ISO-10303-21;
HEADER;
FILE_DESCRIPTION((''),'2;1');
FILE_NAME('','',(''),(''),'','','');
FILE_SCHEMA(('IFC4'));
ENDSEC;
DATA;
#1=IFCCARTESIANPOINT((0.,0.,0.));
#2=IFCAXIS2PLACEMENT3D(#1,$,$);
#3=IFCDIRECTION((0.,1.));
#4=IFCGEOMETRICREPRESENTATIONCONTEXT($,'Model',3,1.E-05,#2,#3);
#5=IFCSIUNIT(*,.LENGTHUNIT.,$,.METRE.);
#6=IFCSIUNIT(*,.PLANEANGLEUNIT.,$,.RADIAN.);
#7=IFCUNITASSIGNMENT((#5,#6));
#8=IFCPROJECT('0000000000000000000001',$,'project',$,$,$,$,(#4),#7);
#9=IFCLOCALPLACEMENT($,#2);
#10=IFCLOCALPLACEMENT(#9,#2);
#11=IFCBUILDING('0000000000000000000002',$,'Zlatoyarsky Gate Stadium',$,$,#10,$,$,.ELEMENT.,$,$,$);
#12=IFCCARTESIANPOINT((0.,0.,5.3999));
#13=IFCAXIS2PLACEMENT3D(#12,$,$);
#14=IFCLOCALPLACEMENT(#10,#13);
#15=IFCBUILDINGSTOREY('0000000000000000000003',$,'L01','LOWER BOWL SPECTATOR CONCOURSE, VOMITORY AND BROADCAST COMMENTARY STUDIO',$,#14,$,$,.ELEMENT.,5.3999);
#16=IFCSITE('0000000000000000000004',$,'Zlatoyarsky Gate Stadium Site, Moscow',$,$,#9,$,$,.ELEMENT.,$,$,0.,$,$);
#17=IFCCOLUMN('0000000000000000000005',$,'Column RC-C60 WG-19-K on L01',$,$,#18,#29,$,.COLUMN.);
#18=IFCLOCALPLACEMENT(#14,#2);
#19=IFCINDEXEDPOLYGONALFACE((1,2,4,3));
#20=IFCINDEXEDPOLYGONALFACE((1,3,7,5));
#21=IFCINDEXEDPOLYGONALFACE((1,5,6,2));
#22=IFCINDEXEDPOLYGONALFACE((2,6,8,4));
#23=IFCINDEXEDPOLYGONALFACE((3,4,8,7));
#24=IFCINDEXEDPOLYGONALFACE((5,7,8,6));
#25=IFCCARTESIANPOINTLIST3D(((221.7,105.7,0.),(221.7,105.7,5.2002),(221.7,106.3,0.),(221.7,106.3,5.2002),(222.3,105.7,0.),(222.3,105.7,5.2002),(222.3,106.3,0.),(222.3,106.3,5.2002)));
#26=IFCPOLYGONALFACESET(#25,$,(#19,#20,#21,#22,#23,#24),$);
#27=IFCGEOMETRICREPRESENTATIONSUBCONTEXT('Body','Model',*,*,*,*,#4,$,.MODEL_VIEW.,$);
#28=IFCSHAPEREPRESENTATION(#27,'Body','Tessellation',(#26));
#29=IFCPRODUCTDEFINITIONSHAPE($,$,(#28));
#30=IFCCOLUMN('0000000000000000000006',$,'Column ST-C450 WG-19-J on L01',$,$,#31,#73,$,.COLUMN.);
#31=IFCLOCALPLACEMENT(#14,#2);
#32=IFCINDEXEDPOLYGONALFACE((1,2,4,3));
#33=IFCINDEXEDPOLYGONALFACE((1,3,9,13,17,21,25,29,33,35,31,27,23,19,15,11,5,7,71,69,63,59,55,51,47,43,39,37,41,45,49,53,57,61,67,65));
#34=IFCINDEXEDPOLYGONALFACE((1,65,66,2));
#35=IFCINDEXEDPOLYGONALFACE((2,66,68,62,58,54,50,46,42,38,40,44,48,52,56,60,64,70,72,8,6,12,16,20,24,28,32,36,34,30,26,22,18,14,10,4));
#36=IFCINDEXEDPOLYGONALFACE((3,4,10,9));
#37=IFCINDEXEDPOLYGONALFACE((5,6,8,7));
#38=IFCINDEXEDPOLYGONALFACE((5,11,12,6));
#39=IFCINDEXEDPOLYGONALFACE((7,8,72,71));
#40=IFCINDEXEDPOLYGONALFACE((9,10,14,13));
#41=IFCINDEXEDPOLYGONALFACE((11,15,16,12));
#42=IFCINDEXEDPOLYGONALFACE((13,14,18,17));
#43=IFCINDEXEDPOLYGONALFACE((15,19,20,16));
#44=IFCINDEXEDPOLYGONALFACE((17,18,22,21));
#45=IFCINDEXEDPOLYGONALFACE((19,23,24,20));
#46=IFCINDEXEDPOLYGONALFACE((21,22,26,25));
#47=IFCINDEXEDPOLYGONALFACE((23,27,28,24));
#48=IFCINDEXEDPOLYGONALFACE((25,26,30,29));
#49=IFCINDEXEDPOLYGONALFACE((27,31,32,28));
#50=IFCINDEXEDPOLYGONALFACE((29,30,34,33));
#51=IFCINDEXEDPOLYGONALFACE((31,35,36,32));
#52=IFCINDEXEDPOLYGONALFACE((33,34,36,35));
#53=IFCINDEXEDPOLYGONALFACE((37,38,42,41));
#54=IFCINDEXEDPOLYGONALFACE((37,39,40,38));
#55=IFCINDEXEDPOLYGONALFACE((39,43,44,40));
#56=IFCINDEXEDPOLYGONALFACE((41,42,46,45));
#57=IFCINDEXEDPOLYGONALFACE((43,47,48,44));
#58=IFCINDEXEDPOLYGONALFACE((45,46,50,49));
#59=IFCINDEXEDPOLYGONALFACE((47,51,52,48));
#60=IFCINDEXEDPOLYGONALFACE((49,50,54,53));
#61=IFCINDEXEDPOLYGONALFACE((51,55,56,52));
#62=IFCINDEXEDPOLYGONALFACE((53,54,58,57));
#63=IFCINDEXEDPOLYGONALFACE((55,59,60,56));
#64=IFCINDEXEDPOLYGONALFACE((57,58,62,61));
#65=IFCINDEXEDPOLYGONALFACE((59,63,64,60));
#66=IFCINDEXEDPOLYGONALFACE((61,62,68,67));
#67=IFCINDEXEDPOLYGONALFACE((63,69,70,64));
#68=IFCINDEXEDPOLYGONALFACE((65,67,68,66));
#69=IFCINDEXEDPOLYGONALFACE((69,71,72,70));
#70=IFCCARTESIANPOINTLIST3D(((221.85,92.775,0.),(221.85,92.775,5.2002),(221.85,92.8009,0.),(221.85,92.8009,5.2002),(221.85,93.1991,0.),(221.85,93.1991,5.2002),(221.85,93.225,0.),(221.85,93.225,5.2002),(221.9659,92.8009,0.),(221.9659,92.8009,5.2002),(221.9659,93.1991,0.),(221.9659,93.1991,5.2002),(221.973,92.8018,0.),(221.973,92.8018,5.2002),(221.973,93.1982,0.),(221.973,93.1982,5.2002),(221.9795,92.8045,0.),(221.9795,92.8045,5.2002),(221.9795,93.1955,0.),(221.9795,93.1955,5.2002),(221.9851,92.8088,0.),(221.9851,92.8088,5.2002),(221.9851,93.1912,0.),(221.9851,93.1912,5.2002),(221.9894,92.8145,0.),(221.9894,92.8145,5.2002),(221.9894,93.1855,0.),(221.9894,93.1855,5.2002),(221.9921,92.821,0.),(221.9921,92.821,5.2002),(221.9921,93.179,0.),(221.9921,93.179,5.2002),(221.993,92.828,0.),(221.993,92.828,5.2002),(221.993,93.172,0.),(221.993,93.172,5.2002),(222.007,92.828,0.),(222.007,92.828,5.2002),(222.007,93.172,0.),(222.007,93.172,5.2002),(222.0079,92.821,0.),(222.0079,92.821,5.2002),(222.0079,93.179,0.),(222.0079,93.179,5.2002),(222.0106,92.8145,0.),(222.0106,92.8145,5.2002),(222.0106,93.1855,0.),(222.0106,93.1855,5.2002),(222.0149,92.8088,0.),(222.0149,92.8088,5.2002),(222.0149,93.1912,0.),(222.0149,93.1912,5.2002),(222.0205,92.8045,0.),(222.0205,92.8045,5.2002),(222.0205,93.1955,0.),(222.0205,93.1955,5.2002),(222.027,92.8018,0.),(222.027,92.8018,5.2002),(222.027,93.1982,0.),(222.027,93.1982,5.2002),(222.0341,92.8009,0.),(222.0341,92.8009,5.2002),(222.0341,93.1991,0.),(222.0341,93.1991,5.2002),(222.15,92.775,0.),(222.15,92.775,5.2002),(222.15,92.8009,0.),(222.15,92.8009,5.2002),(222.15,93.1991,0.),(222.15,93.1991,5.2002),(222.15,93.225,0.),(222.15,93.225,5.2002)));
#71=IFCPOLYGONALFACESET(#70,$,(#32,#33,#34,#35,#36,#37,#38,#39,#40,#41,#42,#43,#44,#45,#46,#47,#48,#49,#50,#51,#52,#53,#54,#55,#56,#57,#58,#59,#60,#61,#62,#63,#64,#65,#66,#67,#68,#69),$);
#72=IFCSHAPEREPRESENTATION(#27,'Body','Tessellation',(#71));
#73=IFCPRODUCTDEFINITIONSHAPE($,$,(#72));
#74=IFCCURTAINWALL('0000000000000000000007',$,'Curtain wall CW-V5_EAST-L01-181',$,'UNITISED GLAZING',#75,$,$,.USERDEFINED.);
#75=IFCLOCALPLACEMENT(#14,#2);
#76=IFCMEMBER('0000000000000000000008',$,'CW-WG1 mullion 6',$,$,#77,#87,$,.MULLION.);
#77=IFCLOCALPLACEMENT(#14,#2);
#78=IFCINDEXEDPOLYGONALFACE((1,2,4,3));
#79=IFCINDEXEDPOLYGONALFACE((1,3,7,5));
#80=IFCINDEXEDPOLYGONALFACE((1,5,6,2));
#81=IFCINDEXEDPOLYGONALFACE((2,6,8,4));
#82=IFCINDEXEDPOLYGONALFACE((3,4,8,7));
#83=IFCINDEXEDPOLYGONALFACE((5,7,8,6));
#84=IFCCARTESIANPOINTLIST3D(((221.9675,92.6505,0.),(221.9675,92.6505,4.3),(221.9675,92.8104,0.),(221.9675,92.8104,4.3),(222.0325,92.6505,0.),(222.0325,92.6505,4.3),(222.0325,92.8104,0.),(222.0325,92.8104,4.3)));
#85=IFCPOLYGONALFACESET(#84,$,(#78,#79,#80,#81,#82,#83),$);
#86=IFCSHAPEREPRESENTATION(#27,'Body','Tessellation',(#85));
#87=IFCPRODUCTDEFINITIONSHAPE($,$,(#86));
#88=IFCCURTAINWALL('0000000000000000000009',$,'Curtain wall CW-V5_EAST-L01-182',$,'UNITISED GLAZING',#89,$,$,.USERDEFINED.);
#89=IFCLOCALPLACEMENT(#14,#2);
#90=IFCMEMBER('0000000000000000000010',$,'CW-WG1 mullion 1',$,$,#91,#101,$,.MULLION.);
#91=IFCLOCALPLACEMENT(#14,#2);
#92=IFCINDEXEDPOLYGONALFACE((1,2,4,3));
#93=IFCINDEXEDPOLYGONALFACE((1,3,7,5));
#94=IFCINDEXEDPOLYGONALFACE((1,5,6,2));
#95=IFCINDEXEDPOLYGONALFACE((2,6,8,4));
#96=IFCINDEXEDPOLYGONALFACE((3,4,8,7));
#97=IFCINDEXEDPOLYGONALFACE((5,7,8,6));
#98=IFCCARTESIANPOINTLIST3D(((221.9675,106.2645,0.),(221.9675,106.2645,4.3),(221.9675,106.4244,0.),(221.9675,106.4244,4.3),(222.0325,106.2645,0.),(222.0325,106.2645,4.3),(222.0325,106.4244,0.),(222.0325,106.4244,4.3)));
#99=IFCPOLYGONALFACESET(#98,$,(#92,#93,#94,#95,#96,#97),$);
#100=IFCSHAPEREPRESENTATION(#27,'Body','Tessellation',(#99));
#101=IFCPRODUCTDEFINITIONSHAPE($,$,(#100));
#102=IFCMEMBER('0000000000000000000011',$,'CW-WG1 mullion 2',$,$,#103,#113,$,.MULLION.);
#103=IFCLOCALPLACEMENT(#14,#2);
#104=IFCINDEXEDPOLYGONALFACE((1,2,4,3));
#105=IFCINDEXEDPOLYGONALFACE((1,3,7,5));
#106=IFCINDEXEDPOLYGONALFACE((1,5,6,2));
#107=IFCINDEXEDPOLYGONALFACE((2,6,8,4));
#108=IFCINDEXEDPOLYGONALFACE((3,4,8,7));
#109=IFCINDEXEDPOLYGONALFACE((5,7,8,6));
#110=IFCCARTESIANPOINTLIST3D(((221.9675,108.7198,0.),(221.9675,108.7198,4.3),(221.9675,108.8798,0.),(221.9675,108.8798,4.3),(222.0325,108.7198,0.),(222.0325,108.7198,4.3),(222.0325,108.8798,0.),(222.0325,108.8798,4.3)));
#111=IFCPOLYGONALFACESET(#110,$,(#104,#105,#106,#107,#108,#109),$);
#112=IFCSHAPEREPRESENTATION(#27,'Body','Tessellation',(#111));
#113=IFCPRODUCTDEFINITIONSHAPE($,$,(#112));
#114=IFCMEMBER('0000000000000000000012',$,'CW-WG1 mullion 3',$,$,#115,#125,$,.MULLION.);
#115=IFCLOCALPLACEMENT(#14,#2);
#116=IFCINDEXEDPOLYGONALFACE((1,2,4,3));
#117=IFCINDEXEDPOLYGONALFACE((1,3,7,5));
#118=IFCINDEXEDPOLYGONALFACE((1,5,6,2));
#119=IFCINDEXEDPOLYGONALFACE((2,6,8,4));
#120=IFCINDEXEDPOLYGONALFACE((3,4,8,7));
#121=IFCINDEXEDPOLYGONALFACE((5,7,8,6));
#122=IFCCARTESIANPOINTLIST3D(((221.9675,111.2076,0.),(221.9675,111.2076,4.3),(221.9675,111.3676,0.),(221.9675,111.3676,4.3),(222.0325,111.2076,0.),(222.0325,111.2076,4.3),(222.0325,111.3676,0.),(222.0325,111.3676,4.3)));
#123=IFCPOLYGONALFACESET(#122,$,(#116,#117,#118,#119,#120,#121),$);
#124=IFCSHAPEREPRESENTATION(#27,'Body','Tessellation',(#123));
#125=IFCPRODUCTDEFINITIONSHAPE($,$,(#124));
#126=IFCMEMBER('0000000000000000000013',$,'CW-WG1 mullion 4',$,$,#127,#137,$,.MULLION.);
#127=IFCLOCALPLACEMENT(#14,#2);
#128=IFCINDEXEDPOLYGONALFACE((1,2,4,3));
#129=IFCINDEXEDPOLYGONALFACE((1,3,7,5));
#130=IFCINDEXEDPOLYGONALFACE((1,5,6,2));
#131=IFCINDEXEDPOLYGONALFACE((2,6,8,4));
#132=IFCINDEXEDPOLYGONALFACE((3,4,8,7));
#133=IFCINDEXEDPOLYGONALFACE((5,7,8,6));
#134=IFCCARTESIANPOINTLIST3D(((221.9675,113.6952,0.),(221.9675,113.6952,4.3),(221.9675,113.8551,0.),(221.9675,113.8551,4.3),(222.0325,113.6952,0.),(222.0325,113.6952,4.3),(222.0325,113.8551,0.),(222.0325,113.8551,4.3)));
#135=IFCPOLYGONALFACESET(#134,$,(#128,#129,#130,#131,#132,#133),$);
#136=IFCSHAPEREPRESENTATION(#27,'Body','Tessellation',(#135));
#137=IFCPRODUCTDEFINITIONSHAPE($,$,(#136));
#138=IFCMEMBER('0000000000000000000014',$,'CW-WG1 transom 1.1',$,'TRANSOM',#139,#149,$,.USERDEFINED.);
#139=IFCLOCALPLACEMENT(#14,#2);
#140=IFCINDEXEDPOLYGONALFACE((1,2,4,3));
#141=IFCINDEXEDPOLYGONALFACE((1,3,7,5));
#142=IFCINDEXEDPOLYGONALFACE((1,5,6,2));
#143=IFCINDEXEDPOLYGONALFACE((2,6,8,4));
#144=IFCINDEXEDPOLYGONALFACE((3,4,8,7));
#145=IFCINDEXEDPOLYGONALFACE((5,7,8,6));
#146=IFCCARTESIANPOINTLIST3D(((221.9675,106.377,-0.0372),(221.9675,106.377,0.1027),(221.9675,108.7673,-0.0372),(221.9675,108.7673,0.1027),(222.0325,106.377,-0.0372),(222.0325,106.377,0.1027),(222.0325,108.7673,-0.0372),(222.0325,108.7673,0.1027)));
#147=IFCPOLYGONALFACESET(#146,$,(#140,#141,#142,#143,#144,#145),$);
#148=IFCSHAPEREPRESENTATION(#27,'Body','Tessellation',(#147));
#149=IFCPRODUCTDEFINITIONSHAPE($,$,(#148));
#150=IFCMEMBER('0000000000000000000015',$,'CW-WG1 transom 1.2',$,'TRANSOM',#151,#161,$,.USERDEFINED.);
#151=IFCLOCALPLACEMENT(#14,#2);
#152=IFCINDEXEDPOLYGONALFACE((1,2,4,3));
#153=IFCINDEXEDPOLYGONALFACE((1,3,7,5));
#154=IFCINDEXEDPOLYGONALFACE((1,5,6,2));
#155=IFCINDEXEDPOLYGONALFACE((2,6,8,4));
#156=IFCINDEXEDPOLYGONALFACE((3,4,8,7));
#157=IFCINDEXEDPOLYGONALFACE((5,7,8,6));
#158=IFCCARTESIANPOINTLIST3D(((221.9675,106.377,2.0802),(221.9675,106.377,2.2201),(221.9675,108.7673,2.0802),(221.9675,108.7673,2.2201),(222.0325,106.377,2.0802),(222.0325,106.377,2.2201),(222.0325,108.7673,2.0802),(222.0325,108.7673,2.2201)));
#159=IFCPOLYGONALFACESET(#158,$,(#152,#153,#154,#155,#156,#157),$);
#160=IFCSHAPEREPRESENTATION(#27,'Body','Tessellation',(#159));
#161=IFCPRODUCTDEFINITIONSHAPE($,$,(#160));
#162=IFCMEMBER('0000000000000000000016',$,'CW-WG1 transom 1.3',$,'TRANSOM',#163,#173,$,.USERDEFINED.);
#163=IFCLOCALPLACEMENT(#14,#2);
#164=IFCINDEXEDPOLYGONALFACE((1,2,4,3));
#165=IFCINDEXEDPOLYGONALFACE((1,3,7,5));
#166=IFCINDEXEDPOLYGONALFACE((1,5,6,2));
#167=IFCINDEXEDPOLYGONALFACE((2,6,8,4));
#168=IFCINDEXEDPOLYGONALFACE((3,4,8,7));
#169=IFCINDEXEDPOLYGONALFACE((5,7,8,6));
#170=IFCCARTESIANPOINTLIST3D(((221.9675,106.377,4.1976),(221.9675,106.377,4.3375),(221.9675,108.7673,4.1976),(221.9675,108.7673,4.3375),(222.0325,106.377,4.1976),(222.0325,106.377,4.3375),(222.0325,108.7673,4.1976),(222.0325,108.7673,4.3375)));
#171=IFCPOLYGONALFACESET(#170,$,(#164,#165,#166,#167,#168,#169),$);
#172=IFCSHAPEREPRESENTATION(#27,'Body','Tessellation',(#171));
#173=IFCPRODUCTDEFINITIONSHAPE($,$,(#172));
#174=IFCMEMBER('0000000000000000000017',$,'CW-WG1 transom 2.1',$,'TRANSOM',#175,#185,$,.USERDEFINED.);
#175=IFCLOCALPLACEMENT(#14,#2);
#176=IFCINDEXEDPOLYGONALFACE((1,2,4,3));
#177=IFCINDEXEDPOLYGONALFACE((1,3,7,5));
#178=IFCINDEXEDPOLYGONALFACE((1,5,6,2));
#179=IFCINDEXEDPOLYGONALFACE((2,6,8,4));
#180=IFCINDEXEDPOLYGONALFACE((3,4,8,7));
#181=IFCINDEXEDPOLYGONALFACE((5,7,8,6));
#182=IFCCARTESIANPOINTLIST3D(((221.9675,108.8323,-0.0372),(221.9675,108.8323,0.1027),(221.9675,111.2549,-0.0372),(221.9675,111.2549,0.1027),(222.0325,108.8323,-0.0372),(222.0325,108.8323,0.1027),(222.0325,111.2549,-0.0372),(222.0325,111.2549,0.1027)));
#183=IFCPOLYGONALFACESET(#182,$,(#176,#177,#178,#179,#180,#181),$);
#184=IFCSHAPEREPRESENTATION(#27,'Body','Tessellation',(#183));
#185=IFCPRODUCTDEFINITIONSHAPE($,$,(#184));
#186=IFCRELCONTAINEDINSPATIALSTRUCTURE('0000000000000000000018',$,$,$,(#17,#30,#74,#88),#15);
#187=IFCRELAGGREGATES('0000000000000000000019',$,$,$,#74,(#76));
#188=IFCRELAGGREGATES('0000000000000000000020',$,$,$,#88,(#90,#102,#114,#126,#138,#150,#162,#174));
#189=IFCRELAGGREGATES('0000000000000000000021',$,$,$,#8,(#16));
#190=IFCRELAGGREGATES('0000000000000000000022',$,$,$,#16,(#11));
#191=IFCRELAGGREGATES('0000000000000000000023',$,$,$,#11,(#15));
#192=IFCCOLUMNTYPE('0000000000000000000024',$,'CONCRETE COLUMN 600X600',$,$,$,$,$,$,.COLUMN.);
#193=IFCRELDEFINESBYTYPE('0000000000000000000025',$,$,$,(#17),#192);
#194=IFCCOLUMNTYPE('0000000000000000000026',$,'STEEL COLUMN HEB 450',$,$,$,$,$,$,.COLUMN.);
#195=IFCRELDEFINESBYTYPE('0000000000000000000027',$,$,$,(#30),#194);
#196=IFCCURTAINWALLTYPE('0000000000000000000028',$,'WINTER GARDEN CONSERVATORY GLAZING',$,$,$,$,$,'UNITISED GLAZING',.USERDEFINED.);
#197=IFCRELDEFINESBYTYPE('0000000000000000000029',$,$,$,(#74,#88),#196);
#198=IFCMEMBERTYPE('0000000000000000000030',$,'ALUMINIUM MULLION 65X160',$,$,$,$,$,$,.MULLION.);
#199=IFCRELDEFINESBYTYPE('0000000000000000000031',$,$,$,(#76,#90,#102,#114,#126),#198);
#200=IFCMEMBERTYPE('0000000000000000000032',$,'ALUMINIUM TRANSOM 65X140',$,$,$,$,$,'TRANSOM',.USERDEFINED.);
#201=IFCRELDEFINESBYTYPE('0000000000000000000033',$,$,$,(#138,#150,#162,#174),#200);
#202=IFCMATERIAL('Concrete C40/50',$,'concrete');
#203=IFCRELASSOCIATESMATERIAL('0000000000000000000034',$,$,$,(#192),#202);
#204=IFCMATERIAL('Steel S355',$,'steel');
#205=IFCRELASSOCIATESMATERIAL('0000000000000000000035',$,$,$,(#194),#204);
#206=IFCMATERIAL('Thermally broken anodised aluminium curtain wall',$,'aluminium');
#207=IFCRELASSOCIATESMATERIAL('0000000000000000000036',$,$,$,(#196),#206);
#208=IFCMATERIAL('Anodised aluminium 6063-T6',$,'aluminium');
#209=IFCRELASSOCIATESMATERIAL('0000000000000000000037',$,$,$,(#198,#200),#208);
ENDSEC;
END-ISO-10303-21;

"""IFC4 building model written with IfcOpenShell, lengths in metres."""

from ifc_helpers import new_model, si_unit, direction, frame, origin, origin_2d, place, context, subcontext, project, spatial, rectangle, i_section, extrude, material, material_profile, profile_set, type_object, element, aggregate, save


model = new_model("IFC4")

# Units and contexts
model_context = context("Model", 3, precision=1e-05, world=origin(), true_north=direction((0.0, 1.0)))
body_context = subcontext(model_context, "Body", "Model", "MODEL_VIEW")
ifc_project = project(units=[si_unit("LENGTHUNIT", "METRE"), si_unit("PLANEANGLEUNIT", "RADIAN")], contexts=[model_context])

# Site, building, storey
site_placement = place(None, origin())
site = spatial("IfcSite", under=ifc_project, at=site_placement, Name="Zlatoyarsky Gate Stadium Site, Moscow", CompositionType="ELEMENT", RefElevation=0.0)
building_placement = place(site_placement, origin())
building = spatial("IfcBuilding", under=site, at=building_placement, Name="Zlatoyarsky Gate Stadium", CompositionType="ELEMENT")
storey_placement = place(building_placement, frame((0.0, 0.0, 5.3999)))
storey = spatial("IfcBuildingStorey", under=building, at=storey_placement, Name="L01", Description="LOWER BOWL SPECTATOR CONCOURSE, VOMITORY AND BROADCAST COMMENTARY STUDIO", CompositionType="ELEMENT", Elevation=5.3999)

# Columns
ifc_material_1 = material(Name="Concrete C40/50", Category="concrete")
ifc_material_profile_1 = material_profile(ifc_material_1, rectangle(XDim=0.6001, YDim=0.6001, at=origin_2d()), Name="RC COL 600X600")
ifc_profile_set_1 = profile_set([ifc_material_profile_1], Name="Concrete C40/50")
column_type_1 = type_object("IfcColumnType", Name="CONCRETE COLUMN 600X600", PredefinedType="COLUMN", material=ifc_profile_set_1)
column_1_placement = place(storey_placement, frame((222.0, 106.0, 0.0), z_axis=(0.0, 0.0, 1.0), x_axis=(1.0, 0.0, 0.0)))
element("IfcColumn", 1, at=column_1_placement, inside=storey, type_object=column_type_1, Name="Column RC-C60 WG-19-K on L01", PredefinedType="COLUMN", context=body_context, shape_type="SweptSolid", body=[
    extrude(rectangle(XDim=0.6001, YDim=0.6001, at=origin_2d()), origin(), (0.0, 0.0, 1.0), 5.2002),
])
ifc_material_2 = material(Name="Steel S355", Category="steel")
ifc_material_profile_2 = material_profile(ifc_material_2, i_section(OverallWidth=0.3, OverallDepth=0.45, WebThickness=0.0139, FlangeThickness=0.0259, FilletRadius=0.0271, at=origin_2d()), Name="HEB 450")
ifc_profile_set_2 = profile_set([ifc_material_profile_2], Name="Steel S355")
column_type_2 = type_object("IfcColumnType", Name="STEEL COLUMN HEB 450", PredefinedType="COLUMN", material=ifc_profile_set_2)
column_2_placement = place(storey_placement, frame((222.0, 93.0, 0.0), z_axis=(0.0, 0.0, 1.0), x_axis=(1.0, 0.0, 0.0)))
element("IfcColumn", 2, at=column_2_placement, inside=storey, type_object=column_type_2, Name="Column ST-C450 WG-19-J on L01", PredefinedType="COLUMN", context=body_context, shape_type="SweptSolid", body=[
    extrude(i_section(OverallWidth=0.3, OverallDepth=0.45, WebThickness=0.0139, FlangeThickness=0.0259, FilletRadius=0.0271, at=origin_2d()), origin(), (0.0, 0.0, 1.0), 5.2002),
])

# Curtain wall, member
ifc_material_3 = material(Name="Thermally broken anodised aluminium curtain wall", Category="aluminium")
curtain_wall_type = type_object("IfcCurtainWallType", Name="WINTER GARDEN CONSERVATORY GLAZING", ElementType="UNITISED GLAZING", PredefinedType="USERDEFINED", material=ifc_material_3)
curtain_wall_1_placement = place(storey_placement, origin())
curtain_wall_1 = element("IfcCurtainWall", 3, at=curtain_wall_1_placement, inside=storey, type_object=curtain_wall_type, Name="Curtain wall CW-V5_EAST-L01-181", ObjectType="UNITISED GLAZING", PredefinedType="USERDEFINED")
ifc_material_4 = material(Name="Anodised aluminium 6063-T6", Category="aluminium")
ifc_material_profile_3 = material_profile(ifc_material_4, rectangle(XDim=0.0649, YDim=0.1599, at=origin_2d()), Name="ALU 65X160")
ifc_profile_set_3 = profile_set([ifc_material_profile_3], Name="Anodised aluminium 6063-T6")
member_type_1 = type_object("IfcMemberType", Name="ALUMINIUM MULLION 65X160", PredefinedType="MULLION", material=ifc_profile_set_3)
member_1_placement = place(storey_placement, frame((222.0, 92.7305, 0.0), z_axis=(0.0, 0.0, 1.0), x_axis=(-1.0, 0.0, 0.0)))
member_1 = element("IfcMember", 4, at=member_1_placement, type_object=member_type_1, Name="CW-WG1 mullion 6", PredefinedType="MULLION", context=body_context, shape_type="SweptSolid", body=[
    extrude(rectangle(XDim=0.0649, YDim=0.1599, at=origin_2d()), origin(), (0.0, 0.0, 1.0), 4.3),
])
aggregate(curtain_wall_1, [member_1])

# Curtain wall, members
curtain_wall_2_placement = place(storey_placement, origin())
curtain_wall_2 = element("IfcCurtainWall", 5, at=curtain_wall_2_placement, inside=storey, type_object=curtain_wall_type, Name="Curtain wall CW-V5_EAST-L01-182", ObjectType="UNITISED GLAZING", PredefinedType="USERDEFINED")
member_2_placement = place(storey_placement, frame((222.0, 106.3445, 0.0), z_axis=(0.0, 0.0, 1.0), x_axis=(-1.0, 0.0, 0.0)))
member_2 = element("IfcMember", 6, at=member_2_placement, type_object=member_type_1, Name="CW-WG1 mullion 1", PredefinedType="MULLION", context=body_context, shape_type="SweptSolid", body=[
    extrude(rectangle(XDim=0.0649, YDim=0.1599, at=origin_2d()), origin(), (0.0, 0.0, 1.0), 4.3),
])
member_3_placement = place(storey_placement, frame((222.0, 108.7998, 0.0), z_axis=(0.0, 0.0, 1.0), x_axis=(-1.0, 0.0, 0.0)))
member_3 = element("IfcMember", 7, at=member_3_placement, type_object=member_type_1, Name="CW-WG1 mullion 2", PredefinedType="MULLION", context=body_context, shape_type="SweptSolid", body=[
    extrude(rectangle(XDim=0.0649, YDim=0.1599, at=origin_2d()), origin(), (0.0, 0.0, 1.0), 4.3),
])
member_4_placement = place(storey_placement, frame((222.0, 111.2876, 0.0), z_axis=(0.0, 0.0, 1.0), x_axis=(-1.0, 0.0, 0.0)))
member_4 = element("IfcMember", 8, at=member_4_placement, type_object=member_type_1, Name="CW-WG1 mullion 3", PredefinedType="MULLION", context=body_context, shape_type="SweptSolid", body=[
    extrude(rectangle(XDim=0.0649, YDim=0.1599, at=origin_2d()), origin(), (0.0, 0.0, 1.0), 4.3),
])
member_5_placement = place(storey_placement, frame((222.0, 113.7751, 0.0), z_axis=(0.0, 0.0, 1.0), x_axis=(-1.0, 0.0, 0.0)))
member_5 = element("IfcMember", 9, at=member_5_placement, type_object=member_type_1, Name="CW-WG1 mullion 4", PredefinedType="MULLION", context=body_context, shape_type="SweptSolid", body=[
    extrude(rectangle(XDim=0.0649, YDim=0.1599, at=origin_2d()), origin(), (0.0, 0.0, 1.0), 4.3),
])
ifc_material_profile_4 = material_profile(ifc_material_4, rectangle(XDim=0.0649, YDim=0.1399, at=origin_2d()), Name="ALU 65X140")
ifc_profile_set_4 = profile_set([ifc_material_profile_4], Name="Anodised aluminium 6063-T6")
member_type_2 = type_object("IfcMemberType", Name="ALUMINIUM TRANSOM 65X140", ElementType="TRANSOM", PredefinedType="USERDEFINED", material=ifc_profile_set_4)
member_6_placement = place(storey_placement, frame((222.0, 106.377, 0.0327), z_axis=(0.0, 1.0, 0.0), x_axis=(-1.0, 0.0, 0.0)))
member_6 = element("IfcMember", 10, at=member_6_placement, type_object=member_type_2, Name="CW-WG1 transom 1.1", ObjectType="TRANSOM", PredefinedType="USERDEFINED", context=body_context, shape_type="SweptSolid", body=[
    extrude(rectangle(XDim=0.0649, YDim=0.1399, at=origin_2d()), origin(), (0.0, 0.0, 1.0), 2.3904),
])
member_7_placement = place(storey_placement, frame((222.0, 106.377, 2.1501), z_axis=(0.0, 1.0, 0.0), x_axis=(-1.0, 0.0, 0.0)))
member_7 = element("IfcMember", 11, at=member_7_placement, type_object=member_type_2, Name="CW-WG1 transom 1.2", ObjectType="TRANSOM", PredefinedType="USERDEFINED", context=body_context, shape_type="SweptSolid", body=[
    extrude(rectangle(XDim=0.0649, YDim=0.1399, at=origin_2d()), origin(), (0.0, 0.0, 1.0), 2.3904),
])
member_8_placement = place(storey_placement, frame((222.0, 106.377, 4.2676), z_axis=(0.0, 1.0, 0.0), x_axis=(-1.0, 0.0, 0.0)))
member_8 = element("IfcMember", 12, at=member_8_placement, type_object=member_type_2, Name="CW-WG1 transom 1.3", ObjectType="TRANSOM", PredefinedType="USERDEFINED", context=body_context, shape_type="SweptSolid", body=[
    extrude(rectangle(XDim=0.0649, YDim=0.1399, at=origin_2d()), origin(), (0.0, 0.0, 1.0), 2.3904),
])
member_9_placement = place(storey_placement, frame((222.0, 108.8323, 0.0327), z_axis=(0.0, 1.0, 0.0), x_axis=(-1.0, 0.0, 0.0)))
member_9 = element("IfcMember", 13, at=member_9_placement, type_object=member_type_2, Name="CW-WG1 transom 2.1", ObjectType="TRANSOM", PredefinedType="USERDEFINED", context=body_context, shape_type="SweptSolid", body=[
    extrude(rectangle(XDim=0.0649, YDim=0.1399, at=origin_2d()), origin(), (0.0, 0.0, 1.0), 2.4226),
])

aggregate(curtain_wall_2, [member_2, member_3, member_4, member_5, member_6, member_7, member_8, member_9])

save(model, "model.ifc")
